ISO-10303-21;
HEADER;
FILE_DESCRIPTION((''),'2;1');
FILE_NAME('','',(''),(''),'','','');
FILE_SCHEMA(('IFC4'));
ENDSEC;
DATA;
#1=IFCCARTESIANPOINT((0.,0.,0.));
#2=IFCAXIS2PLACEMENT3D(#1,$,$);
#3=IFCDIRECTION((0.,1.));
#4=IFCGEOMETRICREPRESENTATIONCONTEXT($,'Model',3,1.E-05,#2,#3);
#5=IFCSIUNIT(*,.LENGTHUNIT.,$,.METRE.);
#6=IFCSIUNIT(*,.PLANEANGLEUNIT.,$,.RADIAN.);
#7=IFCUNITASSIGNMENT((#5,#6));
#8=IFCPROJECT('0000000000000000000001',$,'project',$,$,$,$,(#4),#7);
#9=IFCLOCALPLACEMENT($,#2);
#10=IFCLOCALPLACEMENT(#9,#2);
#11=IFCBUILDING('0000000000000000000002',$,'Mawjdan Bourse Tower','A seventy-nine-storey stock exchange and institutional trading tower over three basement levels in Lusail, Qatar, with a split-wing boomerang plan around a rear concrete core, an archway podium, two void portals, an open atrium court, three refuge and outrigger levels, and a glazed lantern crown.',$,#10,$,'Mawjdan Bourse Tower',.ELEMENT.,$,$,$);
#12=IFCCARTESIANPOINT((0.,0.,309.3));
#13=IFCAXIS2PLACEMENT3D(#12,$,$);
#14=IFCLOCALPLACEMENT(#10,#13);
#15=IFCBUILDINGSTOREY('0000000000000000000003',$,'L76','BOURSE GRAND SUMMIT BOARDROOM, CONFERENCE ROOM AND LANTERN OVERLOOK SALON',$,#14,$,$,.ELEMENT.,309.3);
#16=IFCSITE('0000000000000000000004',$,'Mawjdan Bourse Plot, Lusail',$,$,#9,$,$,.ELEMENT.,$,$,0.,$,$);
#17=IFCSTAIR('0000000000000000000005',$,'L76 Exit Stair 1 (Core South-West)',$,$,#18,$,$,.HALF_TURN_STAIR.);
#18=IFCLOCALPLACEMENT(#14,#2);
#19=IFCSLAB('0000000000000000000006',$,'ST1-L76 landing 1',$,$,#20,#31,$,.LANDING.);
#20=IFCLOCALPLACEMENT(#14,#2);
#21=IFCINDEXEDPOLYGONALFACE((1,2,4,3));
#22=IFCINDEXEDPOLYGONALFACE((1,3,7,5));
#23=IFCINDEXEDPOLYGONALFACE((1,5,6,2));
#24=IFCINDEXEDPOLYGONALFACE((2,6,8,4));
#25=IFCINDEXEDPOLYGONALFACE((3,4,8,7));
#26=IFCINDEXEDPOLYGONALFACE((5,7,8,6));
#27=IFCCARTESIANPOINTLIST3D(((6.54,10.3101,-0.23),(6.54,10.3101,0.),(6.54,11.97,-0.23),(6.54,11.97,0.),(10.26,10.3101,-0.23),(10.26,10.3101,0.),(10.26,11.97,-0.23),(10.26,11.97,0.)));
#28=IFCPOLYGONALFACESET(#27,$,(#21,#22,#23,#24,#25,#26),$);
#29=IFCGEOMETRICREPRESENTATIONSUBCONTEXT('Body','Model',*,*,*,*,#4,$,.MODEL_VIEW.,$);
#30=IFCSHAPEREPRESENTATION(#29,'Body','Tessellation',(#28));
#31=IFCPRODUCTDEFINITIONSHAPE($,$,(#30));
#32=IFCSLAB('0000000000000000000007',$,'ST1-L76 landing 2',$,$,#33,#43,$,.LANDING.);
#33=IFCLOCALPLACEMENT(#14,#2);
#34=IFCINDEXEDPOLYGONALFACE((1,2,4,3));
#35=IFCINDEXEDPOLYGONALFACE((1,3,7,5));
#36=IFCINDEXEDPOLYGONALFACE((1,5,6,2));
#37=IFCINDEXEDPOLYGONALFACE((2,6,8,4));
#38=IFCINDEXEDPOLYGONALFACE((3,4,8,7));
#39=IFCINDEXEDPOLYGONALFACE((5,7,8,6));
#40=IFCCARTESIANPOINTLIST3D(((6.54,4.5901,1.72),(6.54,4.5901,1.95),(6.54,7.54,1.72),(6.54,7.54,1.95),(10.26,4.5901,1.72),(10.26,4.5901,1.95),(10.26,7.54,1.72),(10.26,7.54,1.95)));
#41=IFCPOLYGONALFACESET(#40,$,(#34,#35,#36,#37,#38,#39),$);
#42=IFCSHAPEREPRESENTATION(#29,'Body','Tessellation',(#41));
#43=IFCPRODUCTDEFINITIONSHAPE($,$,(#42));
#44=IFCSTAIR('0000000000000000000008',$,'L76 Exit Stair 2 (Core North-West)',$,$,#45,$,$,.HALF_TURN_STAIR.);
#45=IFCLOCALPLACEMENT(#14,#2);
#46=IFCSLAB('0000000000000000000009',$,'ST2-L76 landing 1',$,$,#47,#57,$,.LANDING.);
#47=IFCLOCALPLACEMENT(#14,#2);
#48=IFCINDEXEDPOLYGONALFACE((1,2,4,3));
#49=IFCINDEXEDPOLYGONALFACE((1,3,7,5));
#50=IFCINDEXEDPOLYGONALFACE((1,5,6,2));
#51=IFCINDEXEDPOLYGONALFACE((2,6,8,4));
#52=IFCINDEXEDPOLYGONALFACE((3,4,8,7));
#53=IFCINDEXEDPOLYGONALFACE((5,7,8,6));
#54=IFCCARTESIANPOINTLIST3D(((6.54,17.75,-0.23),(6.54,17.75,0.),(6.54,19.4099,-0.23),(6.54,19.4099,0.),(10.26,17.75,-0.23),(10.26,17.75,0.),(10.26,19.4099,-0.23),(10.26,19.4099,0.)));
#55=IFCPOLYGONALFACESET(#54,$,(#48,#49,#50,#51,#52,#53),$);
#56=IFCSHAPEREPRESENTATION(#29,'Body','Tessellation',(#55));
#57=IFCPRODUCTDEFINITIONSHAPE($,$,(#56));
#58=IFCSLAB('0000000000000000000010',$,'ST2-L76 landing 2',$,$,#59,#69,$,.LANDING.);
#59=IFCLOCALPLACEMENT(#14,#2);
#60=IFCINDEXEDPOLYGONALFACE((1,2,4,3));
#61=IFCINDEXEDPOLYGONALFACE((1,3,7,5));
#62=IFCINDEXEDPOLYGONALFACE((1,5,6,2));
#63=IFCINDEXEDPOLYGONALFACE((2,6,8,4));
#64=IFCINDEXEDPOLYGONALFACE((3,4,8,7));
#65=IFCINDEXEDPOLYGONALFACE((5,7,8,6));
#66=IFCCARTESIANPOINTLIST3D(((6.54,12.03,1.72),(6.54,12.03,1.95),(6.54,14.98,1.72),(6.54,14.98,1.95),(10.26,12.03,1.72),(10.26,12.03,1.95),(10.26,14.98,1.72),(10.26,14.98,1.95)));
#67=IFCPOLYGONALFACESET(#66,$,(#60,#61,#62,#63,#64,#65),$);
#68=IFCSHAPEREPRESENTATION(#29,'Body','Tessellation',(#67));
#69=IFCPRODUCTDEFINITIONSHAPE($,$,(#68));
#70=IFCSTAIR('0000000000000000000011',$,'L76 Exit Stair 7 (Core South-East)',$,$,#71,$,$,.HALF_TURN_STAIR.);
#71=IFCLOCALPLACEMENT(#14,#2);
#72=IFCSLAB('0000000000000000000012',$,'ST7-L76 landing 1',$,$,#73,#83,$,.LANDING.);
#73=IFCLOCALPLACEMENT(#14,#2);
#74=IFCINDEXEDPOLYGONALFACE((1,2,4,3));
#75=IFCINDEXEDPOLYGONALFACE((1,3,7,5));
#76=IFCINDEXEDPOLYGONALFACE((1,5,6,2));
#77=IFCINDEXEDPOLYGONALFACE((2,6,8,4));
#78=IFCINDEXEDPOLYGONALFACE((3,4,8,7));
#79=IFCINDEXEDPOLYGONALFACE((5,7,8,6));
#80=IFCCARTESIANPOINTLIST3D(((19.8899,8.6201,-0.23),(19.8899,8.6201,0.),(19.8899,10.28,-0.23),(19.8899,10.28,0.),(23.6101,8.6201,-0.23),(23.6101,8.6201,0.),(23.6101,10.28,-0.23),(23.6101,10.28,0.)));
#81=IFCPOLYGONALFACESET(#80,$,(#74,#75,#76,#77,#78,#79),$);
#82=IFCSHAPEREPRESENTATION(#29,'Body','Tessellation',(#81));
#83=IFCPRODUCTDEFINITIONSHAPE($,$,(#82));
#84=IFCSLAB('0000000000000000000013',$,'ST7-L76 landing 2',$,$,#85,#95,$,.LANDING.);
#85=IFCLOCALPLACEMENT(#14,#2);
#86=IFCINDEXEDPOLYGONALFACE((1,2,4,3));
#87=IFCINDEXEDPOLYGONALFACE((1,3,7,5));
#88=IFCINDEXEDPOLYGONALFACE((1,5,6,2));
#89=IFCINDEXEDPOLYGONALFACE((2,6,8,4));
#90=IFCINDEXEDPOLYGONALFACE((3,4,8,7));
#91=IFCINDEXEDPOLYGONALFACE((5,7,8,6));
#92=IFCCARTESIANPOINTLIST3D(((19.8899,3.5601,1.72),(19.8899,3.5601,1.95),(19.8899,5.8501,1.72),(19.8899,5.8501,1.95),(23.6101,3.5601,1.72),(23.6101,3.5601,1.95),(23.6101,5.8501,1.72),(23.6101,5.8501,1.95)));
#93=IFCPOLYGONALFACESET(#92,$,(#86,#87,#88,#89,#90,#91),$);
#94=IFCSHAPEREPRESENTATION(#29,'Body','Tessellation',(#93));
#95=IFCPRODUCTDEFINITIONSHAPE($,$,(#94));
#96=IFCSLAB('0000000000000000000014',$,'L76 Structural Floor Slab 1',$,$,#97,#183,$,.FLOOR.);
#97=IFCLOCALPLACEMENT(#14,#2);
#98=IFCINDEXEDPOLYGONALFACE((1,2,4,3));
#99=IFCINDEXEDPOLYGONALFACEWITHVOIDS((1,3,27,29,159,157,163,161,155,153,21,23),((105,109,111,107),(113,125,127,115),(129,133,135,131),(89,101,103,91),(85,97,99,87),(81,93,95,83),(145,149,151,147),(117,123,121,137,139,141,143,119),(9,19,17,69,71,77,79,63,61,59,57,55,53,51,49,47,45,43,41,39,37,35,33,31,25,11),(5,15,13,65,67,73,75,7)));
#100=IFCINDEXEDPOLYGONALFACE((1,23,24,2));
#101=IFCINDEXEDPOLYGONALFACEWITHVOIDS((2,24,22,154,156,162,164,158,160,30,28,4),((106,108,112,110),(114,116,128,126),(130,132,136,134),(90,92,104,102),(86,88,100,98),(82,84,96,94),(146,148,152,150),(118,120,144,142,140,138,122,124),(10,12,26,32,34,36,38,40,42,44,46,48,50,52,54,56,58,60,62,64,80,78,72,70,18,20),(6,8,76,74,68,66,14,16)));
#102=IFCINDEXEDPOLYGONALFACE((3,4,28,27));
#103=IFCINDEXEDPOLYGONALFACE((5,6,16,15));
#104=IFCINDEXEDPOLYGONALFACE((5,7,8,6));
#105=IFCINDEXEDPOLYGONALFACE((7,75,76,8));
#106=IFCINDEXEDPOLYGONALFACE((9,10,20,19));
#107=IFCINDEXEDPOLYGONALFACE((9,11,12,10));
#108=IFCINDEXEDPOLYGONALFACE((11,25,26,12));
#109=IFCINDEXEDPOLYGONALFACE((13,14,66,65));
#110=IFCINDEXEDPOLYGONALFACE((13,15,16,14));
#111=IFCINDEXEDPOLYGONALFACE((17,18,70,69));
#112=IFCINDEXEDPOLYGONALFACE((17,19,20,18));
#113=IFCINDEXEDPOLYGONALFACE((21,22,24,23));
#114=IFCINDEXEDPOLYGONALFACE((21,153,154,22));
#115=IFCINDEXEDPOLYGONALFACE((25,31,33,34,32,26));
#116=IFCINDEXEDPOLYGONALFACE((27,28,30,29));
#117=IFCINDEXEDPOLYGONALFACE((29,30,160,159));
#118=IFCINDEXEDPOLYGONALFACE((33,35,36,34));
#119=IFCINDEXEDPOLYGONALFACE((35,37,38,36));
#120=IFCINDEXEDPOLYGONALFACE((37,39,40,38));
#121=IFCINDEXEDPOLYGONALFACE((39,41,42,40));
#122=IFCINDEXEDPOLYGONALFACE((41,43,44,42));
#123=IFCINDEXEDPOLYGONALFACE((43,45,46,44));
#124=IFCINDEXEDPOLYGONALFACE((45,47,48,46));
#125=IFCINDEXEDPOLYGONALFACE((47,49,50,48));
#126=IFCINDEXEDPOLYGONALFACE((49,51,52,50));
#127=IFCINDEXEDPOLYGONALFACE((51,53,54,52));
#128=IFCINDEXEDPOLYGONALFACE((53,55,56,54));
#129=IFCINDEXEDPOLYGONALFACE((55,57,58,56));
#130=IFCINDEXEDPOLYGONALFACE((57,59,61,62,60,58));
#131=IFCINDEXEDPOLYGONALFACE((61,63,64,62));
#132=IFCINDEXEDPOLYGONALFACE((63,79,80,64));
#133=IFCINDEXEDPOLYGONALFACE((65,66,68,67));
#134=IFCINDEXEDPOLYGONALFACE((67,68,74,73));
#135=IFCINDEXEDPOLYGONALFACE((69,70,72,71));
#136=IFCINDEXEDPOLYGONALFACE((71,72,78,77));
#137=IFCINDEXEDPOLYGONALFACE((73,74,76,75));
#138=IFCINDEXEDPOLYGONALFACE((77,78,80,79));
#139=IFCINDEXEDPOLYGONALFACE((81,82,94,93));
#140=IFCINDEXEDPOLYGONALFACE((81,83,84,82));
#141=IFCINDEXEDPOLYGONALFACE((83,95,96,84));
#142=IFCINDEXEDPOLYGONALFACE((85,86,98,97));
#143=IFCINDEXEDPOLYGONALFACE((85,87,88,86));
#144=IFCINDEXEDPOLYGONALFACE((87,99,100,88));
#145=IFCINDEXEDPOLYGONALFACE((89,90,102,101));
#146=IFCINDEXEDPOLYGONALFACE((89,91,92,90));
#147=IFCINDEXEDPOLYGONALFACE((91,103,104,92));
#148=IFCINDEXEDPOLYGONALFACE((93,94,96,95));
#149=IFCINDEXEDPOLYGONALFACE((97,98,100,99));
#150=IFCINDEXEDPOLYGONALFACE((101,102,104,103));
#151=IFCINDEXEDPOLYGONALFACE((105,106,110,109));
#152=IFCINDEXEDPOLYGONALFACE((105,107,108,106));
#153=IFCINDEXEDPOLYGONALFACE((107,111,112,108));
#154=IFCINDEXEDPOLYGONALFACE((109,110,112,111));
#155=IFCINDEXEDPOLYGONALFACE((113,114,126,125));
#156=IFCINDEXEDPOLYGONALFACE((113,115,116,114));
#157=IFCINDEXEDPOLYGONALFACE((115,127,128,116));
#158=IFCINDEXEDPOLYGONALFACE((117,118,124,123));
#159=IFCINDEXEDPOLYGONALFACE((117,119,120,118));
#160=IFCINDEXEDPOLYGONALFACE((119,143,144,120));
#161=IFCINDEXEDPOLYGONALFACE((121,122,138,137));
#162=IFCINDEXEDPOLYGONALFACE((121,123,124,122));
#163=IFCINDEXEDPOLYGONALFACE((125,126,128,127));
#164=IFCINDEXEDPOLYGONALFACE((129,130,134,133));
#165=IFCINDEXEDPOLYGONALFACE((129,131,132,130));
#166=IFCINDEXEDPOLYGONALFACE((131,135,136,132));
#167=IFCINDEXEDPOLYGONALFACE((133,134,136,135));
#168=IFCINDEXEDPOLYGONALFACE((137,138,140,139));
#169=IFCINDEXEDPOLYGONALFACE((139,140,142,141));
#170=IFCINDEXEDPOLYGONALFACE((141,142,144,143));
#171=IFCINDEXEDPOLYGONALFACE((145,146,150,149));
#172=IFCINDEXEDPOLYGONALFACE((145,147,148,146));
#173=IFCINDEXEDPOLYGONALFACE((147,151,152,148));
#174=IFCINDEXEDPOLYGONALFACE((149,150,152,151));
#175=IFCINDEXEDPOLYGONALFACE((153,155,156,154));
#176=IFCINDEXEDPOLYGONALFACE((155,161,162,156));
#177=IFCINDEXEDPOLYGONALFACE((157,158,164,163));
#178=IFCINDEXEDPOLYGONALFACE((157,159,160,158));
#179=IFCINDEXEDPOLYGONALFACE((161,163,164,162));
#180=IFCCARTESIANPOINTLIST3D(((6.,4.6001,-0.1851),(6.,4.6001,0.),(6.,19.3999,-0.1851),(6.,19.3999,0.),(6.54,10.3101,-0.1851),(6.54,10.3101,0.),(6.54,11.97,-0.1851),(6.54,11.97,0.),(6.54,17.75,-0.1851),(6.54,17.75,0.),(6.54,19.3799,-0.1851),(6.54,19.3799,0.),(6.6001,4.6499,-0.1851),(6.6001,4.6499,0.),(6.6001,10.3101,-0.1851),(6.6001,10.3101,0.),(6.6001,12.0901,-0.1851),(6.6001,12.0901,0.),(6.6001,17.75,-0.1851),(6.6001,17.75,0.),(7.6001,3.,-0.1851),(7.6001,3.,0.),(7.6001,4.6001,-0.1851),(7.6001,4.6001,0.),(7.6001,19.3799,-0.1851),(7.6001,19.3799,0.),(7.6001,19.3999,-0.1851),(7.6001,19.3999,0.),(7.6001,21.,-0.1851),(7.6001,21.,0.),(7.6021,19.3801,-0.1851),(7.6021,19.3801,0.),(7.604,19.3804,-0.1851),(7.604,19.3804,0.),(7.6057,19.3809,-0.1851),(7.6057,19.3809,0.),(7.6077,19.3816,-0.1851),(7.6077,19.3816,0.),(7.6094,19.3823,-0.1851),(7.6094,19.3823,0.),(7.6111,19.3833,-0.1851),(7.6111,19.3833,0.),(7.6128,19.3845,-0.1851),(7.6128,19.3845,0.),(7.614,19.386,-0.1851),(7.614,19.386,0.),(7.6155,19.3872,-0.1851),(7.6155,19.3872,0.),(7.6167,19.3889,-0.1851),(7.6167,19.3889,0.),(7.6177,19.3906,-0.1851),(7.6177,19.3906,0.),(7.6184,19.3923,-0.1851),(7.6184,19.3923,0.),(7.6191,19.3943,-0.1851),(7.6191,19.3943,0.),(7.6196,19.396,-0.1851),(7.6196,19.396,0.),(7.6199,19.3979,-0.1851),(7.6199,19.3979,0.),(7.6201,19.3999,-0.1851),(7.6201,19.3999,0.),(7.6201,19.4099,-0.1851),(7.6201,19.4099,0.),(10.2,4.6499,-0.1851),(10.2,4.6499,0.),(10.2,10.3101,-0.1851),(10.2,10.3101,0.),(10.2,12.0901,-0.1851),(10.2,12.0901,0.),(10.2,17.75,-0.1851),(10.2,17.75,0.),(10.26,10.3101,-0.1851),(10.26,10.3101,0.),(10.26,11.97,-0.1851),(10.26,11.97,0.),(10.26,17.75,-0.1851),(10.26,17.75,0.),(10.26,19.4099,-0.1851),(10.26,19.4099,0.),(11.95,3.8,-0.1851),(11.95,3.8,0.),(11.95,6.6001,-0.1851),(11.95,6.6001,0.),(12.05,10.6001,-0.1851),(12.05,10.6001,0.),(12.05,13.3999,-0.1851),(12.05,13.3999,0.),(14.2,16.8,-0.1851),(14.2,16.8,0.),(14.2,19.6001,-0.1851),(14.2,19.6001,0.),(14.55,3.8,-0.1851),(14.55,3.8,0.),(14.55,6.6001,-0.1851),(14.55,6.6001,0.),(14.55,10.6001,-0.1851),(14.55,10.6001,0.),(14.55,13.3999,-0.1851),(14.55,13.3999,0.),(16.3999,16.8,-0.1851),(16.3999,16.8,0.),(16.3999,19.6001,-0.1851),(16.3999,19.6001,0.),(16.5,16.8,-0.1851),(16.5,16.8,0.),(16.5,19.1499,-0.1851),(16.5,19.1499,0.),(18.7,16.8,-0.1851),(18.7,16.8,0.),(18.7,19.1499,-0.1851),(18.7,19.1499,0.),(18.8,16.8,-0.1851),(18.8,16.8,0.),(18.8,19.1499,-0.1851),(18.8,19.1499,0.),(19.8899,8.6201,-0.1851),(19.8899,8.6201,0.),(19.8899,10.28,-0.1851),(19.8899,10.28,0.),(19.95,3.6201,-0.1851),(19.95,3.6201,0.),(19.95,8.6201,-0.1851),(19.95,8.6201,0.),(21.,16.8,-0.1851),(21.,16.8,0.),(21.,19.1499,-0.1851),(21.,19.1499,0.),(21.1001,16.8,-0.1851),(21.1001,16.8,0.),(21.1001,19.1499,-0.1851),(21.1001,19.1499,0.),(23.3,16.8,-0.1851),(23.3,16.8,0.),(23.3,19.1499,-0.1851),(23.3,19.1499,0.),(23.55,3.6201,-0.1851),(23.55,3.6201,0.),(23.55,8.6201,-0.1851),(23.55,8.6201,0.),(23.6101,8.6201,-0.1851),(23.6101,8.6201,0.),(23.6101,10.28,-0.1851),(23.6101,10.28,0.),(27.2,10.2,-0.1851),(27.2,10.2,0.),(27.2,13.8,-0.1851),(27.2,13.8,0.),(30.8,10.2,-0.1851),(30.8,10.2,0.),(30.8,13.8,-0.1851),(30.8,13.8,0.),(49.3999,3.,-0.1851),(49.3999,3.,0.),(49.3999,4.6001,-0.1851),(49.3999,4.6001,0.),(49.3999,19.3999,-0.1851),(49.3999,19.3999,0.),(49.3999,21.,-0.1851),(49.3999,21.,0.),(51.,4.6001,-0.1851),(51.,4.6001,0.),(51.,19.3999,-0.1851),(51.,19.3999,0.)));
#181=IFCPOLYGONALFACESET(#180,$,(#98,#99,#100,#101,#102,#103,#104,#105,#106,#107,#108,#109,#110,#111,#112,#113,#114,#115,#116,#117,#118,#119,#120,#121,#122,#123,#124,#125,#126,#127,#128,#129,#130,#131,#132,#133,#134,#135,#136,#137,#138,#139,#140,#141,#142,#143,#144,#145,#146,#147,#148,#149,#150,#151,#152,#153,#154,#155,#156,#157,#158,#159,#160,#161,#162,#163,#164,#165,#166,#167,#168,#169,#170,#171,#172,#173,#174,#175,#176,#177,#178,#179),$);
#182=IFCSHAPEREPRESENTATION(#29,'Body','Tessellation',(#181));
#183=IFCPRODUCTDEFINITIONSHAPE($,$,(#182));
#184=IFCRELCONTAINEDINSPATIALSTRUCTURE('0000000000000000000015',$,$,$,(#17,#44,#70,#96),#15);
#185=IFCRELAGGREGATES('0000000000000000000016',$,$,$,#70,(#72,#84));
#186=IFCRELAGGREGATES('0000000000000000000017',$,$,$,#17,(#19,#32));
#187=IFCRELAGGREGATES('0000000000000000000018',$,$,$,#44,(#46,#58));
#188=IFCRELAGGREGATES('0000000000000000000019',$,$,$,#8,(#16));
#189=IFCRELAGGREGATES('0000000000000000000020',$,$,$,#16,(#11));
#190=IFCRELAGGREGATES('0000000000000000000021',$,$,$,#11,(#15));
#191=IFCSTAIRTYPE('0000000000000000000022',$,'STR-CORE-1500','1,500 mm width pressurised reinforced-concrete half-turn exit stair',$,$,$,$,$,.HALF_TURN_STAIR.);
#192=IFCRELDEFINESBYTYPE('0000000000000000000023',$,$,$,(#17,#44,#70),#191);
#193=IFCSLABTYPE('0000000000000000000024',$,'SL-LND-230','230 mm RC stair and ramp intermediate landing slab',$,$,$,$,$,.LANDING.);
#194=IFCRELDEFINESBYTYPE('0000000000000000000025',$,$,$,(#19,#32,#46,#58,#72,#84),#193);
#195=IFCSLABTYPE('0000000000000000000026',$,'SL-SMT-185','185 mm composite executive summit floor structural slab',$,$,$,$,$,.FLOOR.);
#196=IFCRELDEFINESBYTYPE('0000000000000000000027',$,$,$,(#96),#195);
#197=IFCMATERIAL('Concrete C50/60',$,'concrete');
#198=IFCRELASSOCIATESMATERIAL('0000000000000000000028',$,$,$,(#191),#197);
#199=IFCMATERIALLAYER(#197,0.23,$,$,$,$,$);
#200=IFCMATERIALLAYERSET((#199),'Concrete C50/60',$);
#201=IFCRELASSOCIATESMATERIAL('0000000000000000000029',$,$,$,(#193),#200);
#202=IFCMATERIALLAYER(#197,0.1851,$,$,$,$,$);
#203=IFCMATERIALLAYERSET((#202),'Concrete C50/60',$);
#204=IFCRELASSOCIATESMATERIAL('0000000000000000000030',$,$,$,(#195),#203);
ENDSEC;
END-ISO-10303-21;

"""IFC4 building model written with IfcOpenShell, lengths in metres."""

from ifc_helpers import new_model, si_unit, direction, frame, origin, place, context, subcontext, project, spatial, polyline, outline, extrude, material, layer, layer_set, type_object, element, aggregate, save


model = new_model("IFC4")

# Units and contexts
model_context = context("Model", 3, precision=1e-05, world=origin(), true_north=direction((0.0, 1.0)))
body_context = subcontext(model_context, "Body", "Model", "MODEL_VIEW")
ifc_project = project(units=[si_unit("LENGTHUNIT", "METRE"), si_unit("PLANEANGLEUNIT", "RADIAN")], contexts=[model_context])

# Site, building, storey
site_placement = place(None, origin())
site = spatial("IfcSite", under=ifc_project, at=site_placement, Name="Mawjdan Bourse Plot, Lusail", CompositionType="ELEMENT", RefElevation=0.0)
building_placement = place(site_placement, origin())
building = spatial("IfcBuilding", under=site, at=building_placement, Name="Mawjdan Bourse Tower", Description="A seventy-nine-storey stock exchange and institutional trading tower over three basement levels in Lusail, Qatar, with a split-wing boomerang plan around a rear concrete core, an archway podium, two void portals, an open atrium court, three refuge and outrigger levels, and a glazed lantern crown.", LongName="Mawjdan Bourse Tower", CompositionType="ELEMENT")
storey_placement = place(building_placement, frame((0.0, 0.0, 309.3)))
storey = spatial("IfcBuildingStorey", under=building, at=storey_placement, Name="L76", Description="BOURSE GRAND SUMMIT BOARDROOM, CONFERENCE ROOM AND LANTERN OVERLOOK SALON", CompositionType="ELEMENT", Elevation=309.3)

# Stairs, slabs
ifc_material_1 = material(Name="Concrete C50/60", Category="concrete")
stair_type = type_object("IfcStairType", Name="STR-CORE-1500", Description="1,500 mm width pressurised reinforced-concrete half-turn exit stair", PredefinedType="HALF_TURN_STAIR", material=ifc_material_1)
stair_1_placement = place(storey_placement, origin())
stair_1 = element("IfcStair", 1, at=stair_1_placement, inside=storey, type_object=stair_type, Name="L76 Exit Stair 1 (Core South-West)", PredefinedType="HALF_TURN_STAIR")
ifc_layer_1 = layer(ifc_material_1, 0.23)
ifc_layer_set_1 = layer_set([ifc_layer_1], Name="Concrete C50/60")
slab_type_1 = type_object("IfcSlabType", Name="SL-LND-230", Description="230 mm RC stair and ramp intermediate landing slab", PredefinedType="LANDING", material=ifc_layer_set_1)
slab_1_placement = place(storey_placement, frame((0.0, 0.0, -0.23)))
slab_1 = element("IfcSlab", 2, at=slab_1_placement, type_object=slab_type_1, Name="ST1-L76 landing 1", PredefinedType="LANDING", context=body_context, shape_type="SweptSolid", body=[
    extrude(outline(polyline([(6.54, 10.3101), (10.26, 10.3101), (10.26, 11.97), (6.54, 11.97), (6.54, 10.3101)])), origin(), (0.0, 0.0, 1.0), 0.23),
])
slab_2_placement = place(storey_placement, frame((0.0, 0.0, 1.72)))
slab_2 = element("IfcSlab", 3, at=slab_2_placement, type_object=slab_type_1, Name="ST1-L76 landing 2", PredefinedType="LANDING", context=body_context, shape_type="SweptSolid", body=[
    extrude(outline(polyline([(6.54, 4.5901), (10.26, 4.5901), (10.26, 7.54), (6.54, 7.54), (6.54, 4.5901)])), origin(), (0.0, 0.0, 1.0), 0.23),
])
stair_2_placement = place(storey_placement, origin())
stair_2 = element("IfcStair", 4, at=stair_2_placement, inside=storey, type_object=stair_type, Name="L76 Exit Stair 2 (Core North-West)", PredefinedType="HALF_TURN_STAIR")
slab_3_placement = place(storey_placement, frame((0.0, 0.0, -0.23)))
slab_3 = element("IfcSlab", 5, at=slab_3_placement, type_object=slab_type_1, Name="ST2-L76 landing 1", PredefinedType="LANDING", context=body_context, shape_type="SweptSolid", body=[
    extrude(outline(polyline([(6.54, 17.75), (10.26, 17.75), (10.26, 19.4099), (6.54, 19.4099), (6.54, 17.75)])), origin(), (0.0, 0.0, 1.0), 0.23),
])
slab_4_placement = place(storey_placement, frame((0.0, 0.0, 1.72)))
slab_4 = element("IfcSlab", 6, at=slab_4_placement, type_object=slab_type_1, Name="ST2-L76 landing 2", PredefinedType="LANDING", context=body_context, shape_type="SweptSolid", body=[
    extrude(outline(polyline([(6.54, 12.03), (10.26, 12.03), (10.26, 14.98), (6.54, 14.98), (6.54, 12.03)])), origin(), (0.0, 0.0, 1.0), 0.23),
])
stair_3_placement = place(storey_placement, origin())
stair_3 = element("IfcStair", 7, at=stair_3_placement, inside=storey, type_object=stair_type, Name="L76 Exit Stair 7 (Core South-East)", PredefinedType="HALF_TURN_STAIR")
slab_5_placement = place(storey_placement, frame((0.0, 0.0, -0.23)))
slab_5 = element("IfcSlab", 8, at=slab_5_placement, type_object=slab_type_1, Name="ST7-L76 landing 1", PredefinedType="LANDING", context=body_context, shape_type="SweptSolid", body=[
    extrude(outline(polyline([(19.8899, 8.6201), (23.6101, 8.6201), (23.6101, 10.28), (19.8899, 10.28), (19.8899, 8.6201)])), origin(), (0.0, 0.0, 1.0), 0.23),
])
slab_6_placement = place(storey_placement, frame((0.0, 0.0, 1.72)))
slab_6 = element("IfcSlab", 9, at=slab_6_placement, type_object=slab_type_1, Name="ST7-L76 landing 2", PredefinedType="LANDING", context=body_context, shape_type="SweptSolid", body=[
    extrude(outline(polyline([(19.8899, 3.5601), (23.6101, 3.5601), (23.6101, 5.8501), (19.8899, 5.8501), (19.8899, 3.5601)])), origin(), (0.0, 0.0, 1.0), 0.23),
])
aggregate(stair_3, [slab_5, slab_6])

# Slab
ifc_layer_2 = layer(ifc_material_1, 0.1851)
ifc_layer_set_2 = layer_set([ifc_layer_2], Name="Concrete C50/60")
slab_type_2 = type_object("IfcSlabType", Name="SL-SMT-185", Description="185 mm composite executive summit floor structural slab", PredefinedType="FLOOR", material=ifc_layer_set_2)
slab_7_placement = place(storey_placement, frame((0.0, 0.0, -0.1851)))
element("IfcSlab", 10, at=slab_7_placement, inside=storey, type_object=slab_type_2, Name="L76 Structural Floor Slab 1", PredefinedType="FLOOR", context=body_context, shape_type="SweptSolid", body=[
    extrude(outline(polyline([(7.6001, 3.0), (49.3999, 3.0), (49.3999, 4.6001), (51.0, 4.6001), (51.0, 19.3999), (49.3999, 19.3999), (49.3999, 21.0), (7.6001, 21.0), (7.6001, 19.3999), (6.0, 19.3999), (6.0, 4.6001), (7.6001, 4.6001), (7.6001, 3.0)]), holes=[polyline([(14.55, 3.8), (11.95, 3.8), (11.95, 6.6001), (14.55, 6.6001), (14.55, 3.8)]), polyline([(10.26, 11.97), (10.26, 10.3101), (10.2, 10.3101), (10.2, 4.6499), (6.6001, 4.6499), (6.6001, 10.3101), (6.54, 10.3101), (6.54, 11.97), (10.26, 11.97)]), polyline([(14.55, 10.6001), (12.05, 10.6001), (12.05, 13.3999), (14.55, 13.3999), (14.55, 10.6001)]), polyline([(6.6001, 12.0901), (6.6001, 17.75), (6.54, 17.75), (6.54, 19.3799), (7.6001, 19.3799), (7.6021, 19.3801), (7.604, 19.3804), (7.6057, 19.3809), (7.6077, 19.3816), (7.6094, 19.3823), (7.6111, 19.3833), (7.6128, 19.3845), (7.614, 19.386), (7.6155, 19.3872), (7.6167, 19.3889), (7.6177, 19.3906), (7.6184, 19.3923), (7.6191, 19.3943), (7.6196, 19.396), (7.6199, 19.3979), (7.6201, 19.3999), (7.6201, 19.4099), (10.26, 19.4099), (10.26, 17.75), (10.2, 17.75), (10.2, 12.0901), (6.6001, 12.0901)]), polyline([(14.2, 16.8), (14.2, 19.6001), (16.3999, 19.6001), (16.3999, 16.8), (14.2, 16.8)]), polyline([(23.6101, 10.28), (23.6101, 8.6201), (23.55, 8.6201), (23.55, 3.6201), (19.95, 3.6201), (19.95, 8.6201), (19.8899, 8.6201), (19.8899, 10.28), (23.6101, 10.28)]), polyline([(27.2, 10.2), (27.2, 13.8), (30.8, 13.8), (30.8, 10.2), (27.2, 10.2)]), polyline([(16.5, 16.8), (16.5, 19.1499), (18.7, 19.1499), (18.7, 16.8), (16.5, 16.8)]), polyline([(18.8, 16.8), (18.8, 19.1499), (21.0, 19.1499), (21.0, 16.8), (18.8, 16.8)]), polyline([(21.1001, 16.8), (21.1001, 19.1499), (23.3, 19.1499), (23.3, 16.8), (21.1001, 16.8)])]), origin(), (0.0, 0.0, 1.0), 0.1851),
])

aggregate(stair_1, [slab_1, slab_2])
aggregate(stair_2, [slab_3, slab_4])

save(model, "model.ifc")
